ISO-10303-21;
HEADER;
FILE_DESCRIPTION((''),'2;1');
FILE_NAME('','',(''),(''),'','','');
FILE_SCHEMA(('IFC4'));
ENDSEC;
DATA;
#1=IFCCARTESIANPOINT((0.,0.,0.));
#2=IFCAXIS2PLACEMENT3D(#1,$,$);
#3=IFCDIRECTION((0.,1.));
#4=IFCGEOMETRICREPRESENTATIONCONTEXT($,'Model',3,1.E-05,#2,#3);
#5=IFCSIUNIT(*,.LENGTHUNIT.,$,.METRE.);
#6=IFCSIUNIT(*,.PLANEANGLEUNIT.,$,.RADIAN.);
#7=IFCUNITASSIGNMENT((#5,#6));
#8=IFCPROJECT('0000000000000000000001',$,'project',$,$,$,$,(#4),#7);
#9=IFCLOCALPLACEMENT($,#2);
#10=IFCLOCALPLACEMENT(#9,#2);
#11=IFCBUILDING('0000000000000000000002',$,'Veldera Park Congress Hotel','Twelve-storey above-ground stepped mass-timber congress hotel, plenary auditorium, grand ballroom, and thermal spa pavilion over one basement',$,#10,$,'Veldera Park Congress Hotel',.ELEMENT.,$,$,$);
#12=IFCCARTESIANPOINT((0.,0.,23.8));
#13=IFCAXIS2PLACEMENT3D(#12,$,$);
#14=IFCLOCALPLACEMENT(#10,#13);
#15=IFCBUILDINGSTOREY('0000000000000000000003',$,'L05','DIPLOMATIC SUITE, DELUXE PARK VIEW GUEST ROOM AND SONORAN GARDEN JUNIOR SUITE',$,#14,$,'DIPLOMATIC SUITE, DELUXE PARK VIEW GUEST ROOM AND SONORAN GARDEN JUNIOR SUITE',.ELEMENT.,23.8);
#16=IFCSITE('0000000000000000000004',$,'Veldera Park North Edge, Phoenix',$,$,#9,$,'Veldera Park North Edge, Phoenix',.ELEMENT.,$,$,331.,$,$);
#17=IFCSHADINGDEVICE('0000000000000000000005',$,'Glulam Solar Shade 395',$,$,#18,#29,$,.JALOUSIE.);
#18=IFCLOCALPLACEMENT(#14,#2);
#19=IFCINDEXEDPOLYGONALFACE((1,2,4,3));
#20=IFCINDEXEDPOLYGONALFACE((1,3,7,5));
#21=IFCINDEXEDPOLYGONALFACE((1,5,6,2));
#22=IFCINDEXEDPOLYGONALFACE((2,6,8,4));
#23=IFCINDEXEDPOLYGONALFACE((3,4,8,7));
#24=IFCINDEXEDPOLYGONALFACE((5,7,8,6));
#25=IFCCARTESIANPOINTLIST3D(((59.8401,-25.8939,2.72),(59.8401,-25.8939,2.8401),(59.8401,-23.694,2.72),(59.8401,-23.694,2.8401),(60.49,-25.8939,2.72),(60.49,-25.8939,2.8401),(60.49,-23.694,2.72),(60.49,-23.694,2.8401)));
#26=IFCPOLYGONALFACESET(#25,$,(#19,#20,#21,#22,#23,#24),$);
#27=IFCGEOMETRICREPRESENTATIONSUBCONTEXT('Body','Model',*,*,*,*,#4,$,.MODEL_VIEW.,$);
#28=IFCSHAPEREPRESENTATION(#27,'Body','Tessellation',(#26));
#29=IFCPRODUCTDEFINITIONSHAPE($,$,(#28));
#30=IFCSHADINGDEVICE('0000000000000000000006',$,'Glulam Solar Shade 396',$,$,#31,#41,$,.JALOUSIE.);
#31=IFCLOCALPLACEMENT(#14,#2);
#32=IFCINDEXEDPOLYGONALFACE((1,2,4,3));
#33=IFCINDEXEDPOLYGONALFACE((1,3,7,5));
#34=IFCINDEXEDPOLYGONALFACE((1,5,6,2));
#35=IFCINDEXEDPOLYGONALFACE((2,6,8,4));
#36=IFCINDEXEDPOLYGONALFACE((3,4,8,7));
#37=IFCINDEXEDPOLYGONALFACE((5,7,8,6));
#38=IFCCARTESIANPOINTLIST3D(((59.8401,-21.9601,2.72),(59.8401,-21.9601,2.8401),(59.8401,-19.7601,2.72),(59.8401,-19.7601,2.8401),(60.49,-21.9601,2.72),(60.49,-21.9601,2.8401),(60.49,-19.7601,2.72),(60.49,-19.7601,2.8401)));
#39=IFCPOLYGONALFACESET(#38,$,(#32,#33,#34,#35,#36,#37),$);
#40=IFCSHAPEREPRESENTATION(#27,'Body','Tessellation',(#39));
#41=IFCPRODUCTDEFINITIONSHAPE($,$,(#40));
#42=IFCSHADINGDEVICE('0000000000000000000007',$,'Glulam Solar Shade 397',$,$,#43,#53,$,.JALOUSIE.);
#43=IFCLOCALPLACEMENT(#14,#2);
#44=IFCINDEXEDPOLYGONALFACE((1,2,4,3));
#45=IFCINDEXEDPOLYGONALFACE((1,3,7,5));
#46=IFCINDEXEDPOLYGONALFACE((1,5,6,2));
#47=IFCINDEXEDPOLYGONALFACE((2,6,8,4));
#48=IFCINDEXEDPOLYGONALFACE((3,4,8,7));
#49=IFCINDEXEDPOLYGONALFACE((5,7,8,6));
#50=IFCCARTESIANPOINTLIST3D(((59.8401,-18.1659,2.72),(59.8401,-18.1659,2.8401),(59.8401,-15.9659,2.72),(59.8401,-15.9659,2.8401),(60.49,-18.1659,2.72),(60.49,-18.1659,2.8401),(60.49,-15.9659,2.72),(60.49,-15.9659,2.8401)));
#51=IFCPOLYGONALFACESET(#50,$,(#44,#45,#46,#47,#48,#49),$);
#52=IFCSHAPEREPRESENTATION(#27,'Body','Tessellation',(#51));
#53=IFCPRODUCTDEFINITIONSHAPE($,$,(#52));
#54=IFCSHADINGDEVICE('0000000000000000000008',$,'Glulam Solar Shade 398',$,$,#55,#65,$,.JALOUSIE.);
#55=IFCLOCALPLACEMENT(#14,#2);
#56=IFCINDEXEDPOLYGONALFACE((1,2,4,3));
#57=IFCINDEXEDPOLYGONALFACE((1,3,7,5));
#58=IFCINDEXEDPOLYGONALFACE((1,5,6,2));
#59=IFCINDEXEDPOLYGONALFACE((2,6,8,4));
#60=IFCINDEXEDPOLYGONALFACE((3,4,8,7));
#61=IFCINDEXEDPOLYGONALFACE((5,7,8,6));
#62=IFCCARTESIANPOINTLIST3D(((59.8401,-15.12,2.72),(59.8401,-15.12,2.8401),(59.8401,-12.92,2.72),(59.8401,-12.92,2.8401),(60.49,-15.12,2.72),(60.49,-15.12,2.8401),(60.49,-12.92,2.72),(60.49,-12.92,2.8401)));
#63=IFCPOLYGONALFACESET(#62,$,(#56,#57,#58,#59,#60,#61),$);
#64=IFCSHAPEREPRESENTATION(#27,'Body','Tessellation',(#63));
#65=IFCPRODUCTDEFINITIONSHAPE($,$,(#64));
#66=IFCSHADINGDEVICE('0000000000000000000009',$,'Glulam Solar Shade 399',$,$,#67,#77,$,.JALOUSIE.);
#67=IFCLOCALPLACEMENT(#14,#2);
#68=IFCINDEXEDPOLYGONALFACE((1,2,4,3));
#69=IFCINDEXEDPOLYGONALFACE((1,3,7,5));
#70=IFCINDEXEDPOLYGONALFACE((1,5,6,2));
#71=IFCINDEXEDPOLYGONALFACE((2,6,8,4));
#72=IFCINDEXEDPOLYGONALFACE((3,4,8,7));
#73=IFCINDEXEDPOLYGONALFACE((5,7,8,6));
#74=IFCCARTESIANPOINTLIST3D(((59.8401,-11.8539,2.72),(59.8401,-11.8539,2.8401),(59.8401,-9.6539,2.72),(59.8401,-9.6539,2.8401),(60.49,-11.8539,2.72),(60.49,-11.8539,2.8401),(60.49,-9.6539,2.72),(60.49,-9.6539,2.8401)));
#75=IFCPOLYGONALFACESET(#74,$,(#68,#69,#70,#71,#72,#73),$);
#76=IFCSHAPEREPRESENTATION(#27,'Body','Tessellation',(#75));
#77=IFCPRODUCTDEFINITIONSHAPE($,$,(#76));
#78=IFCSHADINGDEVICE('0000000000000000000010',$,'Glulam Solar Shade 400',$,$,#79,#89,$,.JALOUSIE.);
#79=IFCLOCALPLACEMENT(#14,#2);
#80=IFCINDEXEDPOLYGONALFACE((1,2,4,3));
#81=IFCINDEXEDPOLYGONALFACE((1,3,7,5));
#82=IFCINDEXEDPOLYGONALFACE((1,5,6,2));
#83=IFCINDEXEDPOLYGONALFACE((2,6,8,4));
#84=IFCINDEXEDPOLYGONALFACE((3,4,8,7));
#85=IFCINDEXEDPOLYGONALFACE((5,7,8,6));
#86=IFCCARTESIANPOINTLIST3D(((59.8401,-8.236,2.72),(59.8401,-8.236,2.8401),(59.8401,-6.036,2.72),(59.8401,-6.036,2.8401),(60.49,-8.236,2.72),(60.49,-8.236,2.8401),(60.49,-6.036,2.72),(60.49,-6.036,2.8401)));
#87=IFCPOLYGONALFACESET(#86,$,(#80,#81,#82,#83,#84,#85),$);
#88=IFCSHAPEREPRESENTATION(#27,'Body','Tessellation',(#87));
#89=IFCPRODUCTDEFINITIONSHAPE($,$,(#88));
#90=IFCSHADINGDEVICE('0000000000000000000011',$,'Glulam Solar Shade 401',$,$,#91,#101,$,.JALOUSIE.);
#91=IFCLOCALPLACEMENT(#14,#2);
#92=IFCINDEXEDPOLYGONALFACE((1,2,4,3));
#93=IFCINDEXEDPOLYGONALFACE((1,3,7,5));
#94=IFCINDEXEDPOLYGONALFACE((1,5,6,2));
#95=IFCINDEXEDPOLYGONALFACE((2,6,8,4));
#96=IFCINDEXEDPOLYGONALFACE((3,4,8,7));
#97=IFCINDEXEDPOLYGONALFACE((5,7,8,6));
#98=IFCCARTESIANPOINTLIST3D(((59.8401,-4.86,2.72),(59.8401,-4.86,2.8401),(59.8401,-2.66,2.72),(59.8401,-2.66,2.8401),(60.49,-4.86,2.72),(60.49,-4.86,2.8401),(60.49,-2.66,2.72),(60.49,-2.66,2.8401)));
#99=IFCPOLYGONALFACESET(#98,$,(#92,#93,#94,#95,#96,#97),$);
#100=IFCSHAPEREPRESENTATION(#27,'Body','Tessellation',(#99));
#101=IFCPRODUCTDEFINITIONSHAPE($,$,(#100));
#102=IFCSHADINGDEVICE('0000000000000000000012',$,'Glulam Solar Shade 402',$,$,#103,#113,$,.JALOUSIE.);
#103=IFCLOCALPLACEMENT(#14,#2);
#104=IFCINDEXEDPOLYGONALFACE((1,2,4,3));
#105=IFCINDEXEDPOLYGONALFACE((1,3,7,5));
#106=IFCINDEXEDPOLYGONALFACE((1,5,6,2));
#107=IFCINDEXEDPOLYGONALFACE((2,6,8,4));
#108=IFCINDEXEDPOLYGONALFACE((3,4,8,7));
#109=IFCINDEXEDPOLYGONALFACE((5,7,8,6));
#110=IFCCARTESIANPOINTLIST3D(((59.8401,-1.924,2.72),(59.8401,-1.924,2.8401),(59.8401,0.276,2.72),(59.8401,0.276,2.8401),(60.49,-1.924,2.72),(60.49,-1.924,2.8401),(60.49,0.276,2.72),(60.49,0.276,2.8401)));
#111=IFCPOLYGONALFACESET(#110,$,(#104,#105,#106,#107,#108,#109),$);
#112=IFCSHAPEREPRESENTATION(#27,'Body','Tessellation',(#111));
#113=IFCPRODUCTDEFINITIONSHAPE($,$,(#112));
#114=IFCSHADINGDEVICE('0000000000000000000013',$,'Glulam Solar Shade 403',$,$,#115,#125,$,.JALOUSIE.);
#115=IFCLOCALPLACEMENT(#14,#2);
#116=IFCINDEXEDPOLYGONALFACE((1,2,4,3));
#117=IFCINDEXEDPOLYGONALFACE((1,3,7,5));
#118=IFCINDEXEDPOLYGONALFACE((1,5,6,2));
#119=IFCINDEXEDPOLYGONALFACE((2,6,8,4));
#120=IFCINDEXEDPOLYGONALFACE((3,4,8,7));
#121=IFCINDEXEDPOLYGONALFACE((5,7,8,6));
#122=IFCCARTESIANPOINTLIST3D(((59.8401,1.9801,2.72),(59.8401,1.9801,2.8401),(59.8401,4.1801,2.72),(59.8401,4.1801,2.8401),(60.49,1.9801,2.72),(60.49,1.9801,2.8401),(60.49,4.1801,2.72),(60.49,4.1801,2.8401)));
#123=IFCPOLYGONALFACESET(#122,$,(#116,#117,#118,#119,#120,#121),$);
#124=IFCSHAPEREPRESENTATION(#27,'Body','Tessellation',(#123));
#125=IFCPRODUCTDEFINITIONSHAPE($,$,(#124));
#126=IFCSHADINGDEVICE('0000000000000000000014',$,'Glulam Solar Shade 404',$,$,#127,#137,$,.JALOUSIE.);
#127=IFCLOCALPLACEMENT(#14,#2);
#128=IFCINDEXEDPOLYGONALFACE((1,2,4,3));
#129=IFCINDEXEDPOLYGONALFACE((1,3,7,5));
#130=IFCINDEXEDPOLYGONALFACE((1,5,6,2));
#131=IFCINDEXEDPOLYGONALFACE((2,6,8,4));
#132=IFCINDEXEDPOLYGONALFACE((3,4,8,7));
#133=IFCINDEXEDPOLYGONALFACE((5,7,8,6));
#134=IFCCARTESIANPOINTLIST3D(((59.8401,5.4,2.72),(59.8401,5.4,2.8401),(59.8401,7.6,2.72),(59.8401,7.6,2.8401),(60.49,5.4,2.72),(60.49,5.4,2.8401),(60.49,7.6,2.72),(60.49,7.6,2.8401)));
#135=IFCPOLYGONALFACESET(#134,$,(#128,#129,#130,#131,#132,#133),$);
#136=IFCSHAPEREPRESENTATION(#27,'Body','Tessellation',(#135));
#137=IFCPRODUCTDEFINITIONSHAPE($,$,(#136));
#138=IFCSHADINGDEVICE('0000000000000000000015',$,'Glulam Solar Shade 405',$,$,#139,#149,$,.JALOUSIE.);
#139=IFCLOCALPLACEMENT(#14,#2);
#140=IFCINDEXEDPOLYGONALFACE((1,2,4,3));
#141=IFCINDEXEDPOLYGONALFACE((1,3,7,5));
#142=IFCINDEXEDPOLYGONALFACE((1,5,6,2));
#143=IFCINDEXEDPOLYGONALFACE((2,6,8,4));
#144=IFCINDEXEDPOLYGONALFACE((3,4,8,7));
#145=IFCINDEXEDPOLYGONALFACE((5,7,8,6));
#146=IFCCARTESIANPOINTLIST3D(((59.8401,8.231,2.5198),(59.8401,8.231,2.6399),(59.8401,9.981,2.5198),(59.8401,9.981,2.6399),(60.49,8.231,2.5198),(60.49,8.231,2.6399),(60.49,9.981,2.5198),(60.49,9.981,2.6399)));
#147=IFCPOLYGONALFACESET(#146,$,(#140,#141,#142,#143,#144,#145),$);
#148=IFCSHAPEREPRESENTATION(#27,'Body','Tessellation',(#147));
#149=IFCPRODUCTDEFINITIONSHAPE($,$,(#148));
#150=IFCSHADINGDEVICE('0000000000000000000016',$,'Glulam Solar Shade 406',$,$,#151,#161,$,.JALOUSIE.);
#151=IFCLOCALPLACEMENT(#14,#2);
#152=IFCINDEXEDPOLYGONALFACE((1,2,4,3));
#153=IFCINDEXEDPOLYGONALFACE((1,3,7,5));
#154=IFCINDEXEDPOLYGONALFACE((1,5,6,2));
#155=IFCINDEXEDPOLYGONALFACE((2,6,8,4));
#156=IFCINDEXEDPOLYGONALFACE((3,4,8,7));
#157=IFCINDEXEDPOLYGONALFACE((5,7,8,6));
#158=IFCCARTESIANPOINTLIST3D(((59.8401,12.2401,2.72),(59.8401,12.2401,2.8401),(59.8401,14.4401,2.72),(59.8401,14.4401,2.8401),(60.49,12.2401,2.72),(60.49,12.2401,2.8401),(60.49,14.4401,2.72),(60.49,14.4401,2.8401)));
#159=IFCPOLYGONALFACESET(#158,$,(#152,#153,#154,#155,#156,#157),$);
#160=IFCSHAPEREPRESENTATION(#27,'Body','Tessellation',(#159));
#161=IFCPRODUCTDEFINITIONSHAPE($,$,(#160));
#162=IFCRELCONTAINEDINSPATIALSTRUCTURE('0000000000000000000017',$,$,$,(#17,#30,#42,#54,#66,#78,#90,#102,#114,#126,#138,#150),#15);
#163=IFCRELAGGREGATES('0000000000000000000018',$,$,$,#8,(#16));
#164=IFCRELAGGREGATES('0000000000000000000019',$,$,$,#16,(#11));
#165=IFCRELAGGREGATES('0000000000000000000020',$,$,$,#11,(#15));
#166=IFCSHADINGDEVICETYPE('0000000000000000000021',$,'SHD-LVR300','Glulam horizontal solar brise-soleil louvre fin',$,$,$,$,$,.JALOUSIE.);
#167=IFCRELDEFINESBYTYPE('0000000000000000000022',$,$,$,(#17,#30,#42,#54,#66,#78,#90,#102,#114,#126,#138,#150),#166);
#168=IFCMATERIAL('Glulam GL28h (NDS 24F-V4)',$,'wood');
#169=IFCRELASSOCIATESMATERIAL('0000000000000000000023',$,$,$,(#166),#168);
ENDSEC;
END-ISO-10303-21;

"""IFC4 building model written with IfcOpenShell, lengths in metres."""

from ifc_helpers import new_model, si_unit, direction, frame, origin, origin_2d, place, context, subcontext, project, spatial, rectangle, extrude, material, type_object, element, save


model = new_model("IFC4")

# Units and contexts
model_context = context("Model", 3, precision=1e-05, world=origin(), true_north=direction((0.0, 1.0)))
body_context = subcontext(model_context, "Body", "Model", "MODEL_VIEW")
ifc_project = project(units=[si_unit("LENGTHUNIT", "METRE"), si_unit("PLANEANGLEUNIT", "RADIAN")], contexts=[model_context])

# Site, building, storey
site_placement = place(None, origin())
site = spatial("IfcSite", under=ifc_project, at=site_placement, Name="Veldera Park North Edge, Phoenix", LongName="Veldera Park North Edge, Phoenix", CompositionType="ELEMENT", RefElevation=331.0)
building_placement = place(site_placement, origin())
building = spatial("IfcBuilding", under=site, at=building_placement, Name="Veldera Park Congress Hotel", Description="Twelve-storey above-ground stepped mass-timber congress hotel, plenary auditorium, grand ballroom, and thermal spa pavilion over one basement", LongName="Veldera Park Congress Hotel", CompositionType="ELEMENT")
storey_placement = place(building_placement, frame((0.0, 0.0, 23.8)))
storey = spatial("IfcBuildingStorey", under=building, at=storey_placement, Name="L05", Description="DIPLOMATIC SUITE, DELUXE PARK VIEW GUEST ROOM AND SONORAN GARDEN JUNIOR SUITE", LongName="DIPLOMATIC SUITE, DELUXE PARK VIEW GUEST ROOM AND SONORAN GARDEN JUNIOR SUITE", CompositionType="ELEMENT", Elevation=23.8)

# Shading devices
ifc_material_1 = material(Name="Glulam GL28h (NDS 24F-V4)", Category="wood")
shading_device_type = type_object("IfcShadingDeviceType", Name="SHD-LVR300", Description="Glulam horizontal solar brise-soleil louvre fin", PredefinedType="JALOUSIE", material=ifc_material_1)
for number, where, z_axis, x_axis, name in (
    (1, (60.165, -24.7939, 2.72), (0.0, 0.0, 1.0), (0.0, -1.0, 0.0), "Glulam Solar Shade 395"),
    (2, (60.165, -20.8601, 2.72), (0.0, 0.0, 1.0), (0.0, -1.0, 0.0), "Glulam Solar Shade 396"),
    (3, (60.165, -17.0659, 2.72), (0.0, 0.0, 1.0), (0.0, -1.0, 0.0), "Glulam Solar Shade 397"),
    (4, (60.165, -14.02, 2.72), (0.0, 0.0, 1.0), (0.0, -1.0, 0.0), "Glulam Solar Shade 398"),
    (5, (60.165, -10.7539, 2.72), (0.0, 0.0, 1.0), (0.0, -1.0, 0.0), "Glulam Solar Shade 399"),
    (6, (60.165, -7.136, 2.72), (0.0, 0.0, 1.0), (0.0, -1.0, 0.0), "Glulam Solar Shade 400"),
    (7, (60.165, -3.76, 2.72), (0.0, 0.0, 1.0), (0.0, -1.0, 0.0), "Glulam Solar Shade 401"),
    (8, (60.165, -0.824, 2.72), (0.0, 0.0, 1.0), (0.0, -1.0, 0.0), "Glulam Solar Shade 402"),
    (9, (60.165, 3.0801, 2.72), (0.0, 0.0, 1.0), (0.0, -1.0, 0.0), "Glulam Solar Shade 403"),
    (10, (60.165, 6.5, 2.72), (0.0, 0.0, 1.0), (0.0, -1.0, 0.0), "Glulam Solar Shade 404"),
):
    element("IfcShadingDevice", number, at=place(storey_placement, frame(where, z_axis=z_axis, x_axis=x_axis)), inside=storey, type_object=shading_device_type, Name=name, PredefinedType="JALOUSIE", context=body_context, shape_type="SweptSolid", body=[
        extrude(rectangle(XDim=2.2, YDim=0.6499, at=origin_2d()), origin(), (0.0, 0.0, 1.0), 0.1201),
    ])
shading_device_1_placement = place(storey_placement, frame((60.165, 9.106, 2.5198), z_axis=(0.0, 0.0, 1.0), x_axis=(0.0, -1.0, 0.0)))
element("IfcShadingDevice", 11, at=shading_device_1_placement, inside=storey, type_object=shading_device_type, Name="Glulam Solar Shade 405", PredefinedType="JALOUSIE", context=body_context, shape_type="SweptSolid", body=[
    extrude(rectangle(XDim=1.75, YDim=0.6499, at=origin_2d()), origin(), (0.0, 0.0, 1.0), 0.1201),
])
shading_device_2_placement = place(storey_placement, frame((60.165, 13.3401, 2.72), z_axis=(0.0, 0.0, 1.0), x_axis=(0.0, -1.0, 0.0)))
element("IfcShadingDevice", 12, at=shading_device_2_placement, inside=storey, type_object=shading_device_type, Name="Glulam Solar Shade 406", PredefinedType="JALOUSIE", context=body_context, shape_type="SweptSolid", body=[
    extrude(rectangle(XDim=2.2, YDim=0.6499, at=origin_2d()), origin(), (0.0, 0.0, 1.0), 0.1201),
])

save(model, "model.ifc")
